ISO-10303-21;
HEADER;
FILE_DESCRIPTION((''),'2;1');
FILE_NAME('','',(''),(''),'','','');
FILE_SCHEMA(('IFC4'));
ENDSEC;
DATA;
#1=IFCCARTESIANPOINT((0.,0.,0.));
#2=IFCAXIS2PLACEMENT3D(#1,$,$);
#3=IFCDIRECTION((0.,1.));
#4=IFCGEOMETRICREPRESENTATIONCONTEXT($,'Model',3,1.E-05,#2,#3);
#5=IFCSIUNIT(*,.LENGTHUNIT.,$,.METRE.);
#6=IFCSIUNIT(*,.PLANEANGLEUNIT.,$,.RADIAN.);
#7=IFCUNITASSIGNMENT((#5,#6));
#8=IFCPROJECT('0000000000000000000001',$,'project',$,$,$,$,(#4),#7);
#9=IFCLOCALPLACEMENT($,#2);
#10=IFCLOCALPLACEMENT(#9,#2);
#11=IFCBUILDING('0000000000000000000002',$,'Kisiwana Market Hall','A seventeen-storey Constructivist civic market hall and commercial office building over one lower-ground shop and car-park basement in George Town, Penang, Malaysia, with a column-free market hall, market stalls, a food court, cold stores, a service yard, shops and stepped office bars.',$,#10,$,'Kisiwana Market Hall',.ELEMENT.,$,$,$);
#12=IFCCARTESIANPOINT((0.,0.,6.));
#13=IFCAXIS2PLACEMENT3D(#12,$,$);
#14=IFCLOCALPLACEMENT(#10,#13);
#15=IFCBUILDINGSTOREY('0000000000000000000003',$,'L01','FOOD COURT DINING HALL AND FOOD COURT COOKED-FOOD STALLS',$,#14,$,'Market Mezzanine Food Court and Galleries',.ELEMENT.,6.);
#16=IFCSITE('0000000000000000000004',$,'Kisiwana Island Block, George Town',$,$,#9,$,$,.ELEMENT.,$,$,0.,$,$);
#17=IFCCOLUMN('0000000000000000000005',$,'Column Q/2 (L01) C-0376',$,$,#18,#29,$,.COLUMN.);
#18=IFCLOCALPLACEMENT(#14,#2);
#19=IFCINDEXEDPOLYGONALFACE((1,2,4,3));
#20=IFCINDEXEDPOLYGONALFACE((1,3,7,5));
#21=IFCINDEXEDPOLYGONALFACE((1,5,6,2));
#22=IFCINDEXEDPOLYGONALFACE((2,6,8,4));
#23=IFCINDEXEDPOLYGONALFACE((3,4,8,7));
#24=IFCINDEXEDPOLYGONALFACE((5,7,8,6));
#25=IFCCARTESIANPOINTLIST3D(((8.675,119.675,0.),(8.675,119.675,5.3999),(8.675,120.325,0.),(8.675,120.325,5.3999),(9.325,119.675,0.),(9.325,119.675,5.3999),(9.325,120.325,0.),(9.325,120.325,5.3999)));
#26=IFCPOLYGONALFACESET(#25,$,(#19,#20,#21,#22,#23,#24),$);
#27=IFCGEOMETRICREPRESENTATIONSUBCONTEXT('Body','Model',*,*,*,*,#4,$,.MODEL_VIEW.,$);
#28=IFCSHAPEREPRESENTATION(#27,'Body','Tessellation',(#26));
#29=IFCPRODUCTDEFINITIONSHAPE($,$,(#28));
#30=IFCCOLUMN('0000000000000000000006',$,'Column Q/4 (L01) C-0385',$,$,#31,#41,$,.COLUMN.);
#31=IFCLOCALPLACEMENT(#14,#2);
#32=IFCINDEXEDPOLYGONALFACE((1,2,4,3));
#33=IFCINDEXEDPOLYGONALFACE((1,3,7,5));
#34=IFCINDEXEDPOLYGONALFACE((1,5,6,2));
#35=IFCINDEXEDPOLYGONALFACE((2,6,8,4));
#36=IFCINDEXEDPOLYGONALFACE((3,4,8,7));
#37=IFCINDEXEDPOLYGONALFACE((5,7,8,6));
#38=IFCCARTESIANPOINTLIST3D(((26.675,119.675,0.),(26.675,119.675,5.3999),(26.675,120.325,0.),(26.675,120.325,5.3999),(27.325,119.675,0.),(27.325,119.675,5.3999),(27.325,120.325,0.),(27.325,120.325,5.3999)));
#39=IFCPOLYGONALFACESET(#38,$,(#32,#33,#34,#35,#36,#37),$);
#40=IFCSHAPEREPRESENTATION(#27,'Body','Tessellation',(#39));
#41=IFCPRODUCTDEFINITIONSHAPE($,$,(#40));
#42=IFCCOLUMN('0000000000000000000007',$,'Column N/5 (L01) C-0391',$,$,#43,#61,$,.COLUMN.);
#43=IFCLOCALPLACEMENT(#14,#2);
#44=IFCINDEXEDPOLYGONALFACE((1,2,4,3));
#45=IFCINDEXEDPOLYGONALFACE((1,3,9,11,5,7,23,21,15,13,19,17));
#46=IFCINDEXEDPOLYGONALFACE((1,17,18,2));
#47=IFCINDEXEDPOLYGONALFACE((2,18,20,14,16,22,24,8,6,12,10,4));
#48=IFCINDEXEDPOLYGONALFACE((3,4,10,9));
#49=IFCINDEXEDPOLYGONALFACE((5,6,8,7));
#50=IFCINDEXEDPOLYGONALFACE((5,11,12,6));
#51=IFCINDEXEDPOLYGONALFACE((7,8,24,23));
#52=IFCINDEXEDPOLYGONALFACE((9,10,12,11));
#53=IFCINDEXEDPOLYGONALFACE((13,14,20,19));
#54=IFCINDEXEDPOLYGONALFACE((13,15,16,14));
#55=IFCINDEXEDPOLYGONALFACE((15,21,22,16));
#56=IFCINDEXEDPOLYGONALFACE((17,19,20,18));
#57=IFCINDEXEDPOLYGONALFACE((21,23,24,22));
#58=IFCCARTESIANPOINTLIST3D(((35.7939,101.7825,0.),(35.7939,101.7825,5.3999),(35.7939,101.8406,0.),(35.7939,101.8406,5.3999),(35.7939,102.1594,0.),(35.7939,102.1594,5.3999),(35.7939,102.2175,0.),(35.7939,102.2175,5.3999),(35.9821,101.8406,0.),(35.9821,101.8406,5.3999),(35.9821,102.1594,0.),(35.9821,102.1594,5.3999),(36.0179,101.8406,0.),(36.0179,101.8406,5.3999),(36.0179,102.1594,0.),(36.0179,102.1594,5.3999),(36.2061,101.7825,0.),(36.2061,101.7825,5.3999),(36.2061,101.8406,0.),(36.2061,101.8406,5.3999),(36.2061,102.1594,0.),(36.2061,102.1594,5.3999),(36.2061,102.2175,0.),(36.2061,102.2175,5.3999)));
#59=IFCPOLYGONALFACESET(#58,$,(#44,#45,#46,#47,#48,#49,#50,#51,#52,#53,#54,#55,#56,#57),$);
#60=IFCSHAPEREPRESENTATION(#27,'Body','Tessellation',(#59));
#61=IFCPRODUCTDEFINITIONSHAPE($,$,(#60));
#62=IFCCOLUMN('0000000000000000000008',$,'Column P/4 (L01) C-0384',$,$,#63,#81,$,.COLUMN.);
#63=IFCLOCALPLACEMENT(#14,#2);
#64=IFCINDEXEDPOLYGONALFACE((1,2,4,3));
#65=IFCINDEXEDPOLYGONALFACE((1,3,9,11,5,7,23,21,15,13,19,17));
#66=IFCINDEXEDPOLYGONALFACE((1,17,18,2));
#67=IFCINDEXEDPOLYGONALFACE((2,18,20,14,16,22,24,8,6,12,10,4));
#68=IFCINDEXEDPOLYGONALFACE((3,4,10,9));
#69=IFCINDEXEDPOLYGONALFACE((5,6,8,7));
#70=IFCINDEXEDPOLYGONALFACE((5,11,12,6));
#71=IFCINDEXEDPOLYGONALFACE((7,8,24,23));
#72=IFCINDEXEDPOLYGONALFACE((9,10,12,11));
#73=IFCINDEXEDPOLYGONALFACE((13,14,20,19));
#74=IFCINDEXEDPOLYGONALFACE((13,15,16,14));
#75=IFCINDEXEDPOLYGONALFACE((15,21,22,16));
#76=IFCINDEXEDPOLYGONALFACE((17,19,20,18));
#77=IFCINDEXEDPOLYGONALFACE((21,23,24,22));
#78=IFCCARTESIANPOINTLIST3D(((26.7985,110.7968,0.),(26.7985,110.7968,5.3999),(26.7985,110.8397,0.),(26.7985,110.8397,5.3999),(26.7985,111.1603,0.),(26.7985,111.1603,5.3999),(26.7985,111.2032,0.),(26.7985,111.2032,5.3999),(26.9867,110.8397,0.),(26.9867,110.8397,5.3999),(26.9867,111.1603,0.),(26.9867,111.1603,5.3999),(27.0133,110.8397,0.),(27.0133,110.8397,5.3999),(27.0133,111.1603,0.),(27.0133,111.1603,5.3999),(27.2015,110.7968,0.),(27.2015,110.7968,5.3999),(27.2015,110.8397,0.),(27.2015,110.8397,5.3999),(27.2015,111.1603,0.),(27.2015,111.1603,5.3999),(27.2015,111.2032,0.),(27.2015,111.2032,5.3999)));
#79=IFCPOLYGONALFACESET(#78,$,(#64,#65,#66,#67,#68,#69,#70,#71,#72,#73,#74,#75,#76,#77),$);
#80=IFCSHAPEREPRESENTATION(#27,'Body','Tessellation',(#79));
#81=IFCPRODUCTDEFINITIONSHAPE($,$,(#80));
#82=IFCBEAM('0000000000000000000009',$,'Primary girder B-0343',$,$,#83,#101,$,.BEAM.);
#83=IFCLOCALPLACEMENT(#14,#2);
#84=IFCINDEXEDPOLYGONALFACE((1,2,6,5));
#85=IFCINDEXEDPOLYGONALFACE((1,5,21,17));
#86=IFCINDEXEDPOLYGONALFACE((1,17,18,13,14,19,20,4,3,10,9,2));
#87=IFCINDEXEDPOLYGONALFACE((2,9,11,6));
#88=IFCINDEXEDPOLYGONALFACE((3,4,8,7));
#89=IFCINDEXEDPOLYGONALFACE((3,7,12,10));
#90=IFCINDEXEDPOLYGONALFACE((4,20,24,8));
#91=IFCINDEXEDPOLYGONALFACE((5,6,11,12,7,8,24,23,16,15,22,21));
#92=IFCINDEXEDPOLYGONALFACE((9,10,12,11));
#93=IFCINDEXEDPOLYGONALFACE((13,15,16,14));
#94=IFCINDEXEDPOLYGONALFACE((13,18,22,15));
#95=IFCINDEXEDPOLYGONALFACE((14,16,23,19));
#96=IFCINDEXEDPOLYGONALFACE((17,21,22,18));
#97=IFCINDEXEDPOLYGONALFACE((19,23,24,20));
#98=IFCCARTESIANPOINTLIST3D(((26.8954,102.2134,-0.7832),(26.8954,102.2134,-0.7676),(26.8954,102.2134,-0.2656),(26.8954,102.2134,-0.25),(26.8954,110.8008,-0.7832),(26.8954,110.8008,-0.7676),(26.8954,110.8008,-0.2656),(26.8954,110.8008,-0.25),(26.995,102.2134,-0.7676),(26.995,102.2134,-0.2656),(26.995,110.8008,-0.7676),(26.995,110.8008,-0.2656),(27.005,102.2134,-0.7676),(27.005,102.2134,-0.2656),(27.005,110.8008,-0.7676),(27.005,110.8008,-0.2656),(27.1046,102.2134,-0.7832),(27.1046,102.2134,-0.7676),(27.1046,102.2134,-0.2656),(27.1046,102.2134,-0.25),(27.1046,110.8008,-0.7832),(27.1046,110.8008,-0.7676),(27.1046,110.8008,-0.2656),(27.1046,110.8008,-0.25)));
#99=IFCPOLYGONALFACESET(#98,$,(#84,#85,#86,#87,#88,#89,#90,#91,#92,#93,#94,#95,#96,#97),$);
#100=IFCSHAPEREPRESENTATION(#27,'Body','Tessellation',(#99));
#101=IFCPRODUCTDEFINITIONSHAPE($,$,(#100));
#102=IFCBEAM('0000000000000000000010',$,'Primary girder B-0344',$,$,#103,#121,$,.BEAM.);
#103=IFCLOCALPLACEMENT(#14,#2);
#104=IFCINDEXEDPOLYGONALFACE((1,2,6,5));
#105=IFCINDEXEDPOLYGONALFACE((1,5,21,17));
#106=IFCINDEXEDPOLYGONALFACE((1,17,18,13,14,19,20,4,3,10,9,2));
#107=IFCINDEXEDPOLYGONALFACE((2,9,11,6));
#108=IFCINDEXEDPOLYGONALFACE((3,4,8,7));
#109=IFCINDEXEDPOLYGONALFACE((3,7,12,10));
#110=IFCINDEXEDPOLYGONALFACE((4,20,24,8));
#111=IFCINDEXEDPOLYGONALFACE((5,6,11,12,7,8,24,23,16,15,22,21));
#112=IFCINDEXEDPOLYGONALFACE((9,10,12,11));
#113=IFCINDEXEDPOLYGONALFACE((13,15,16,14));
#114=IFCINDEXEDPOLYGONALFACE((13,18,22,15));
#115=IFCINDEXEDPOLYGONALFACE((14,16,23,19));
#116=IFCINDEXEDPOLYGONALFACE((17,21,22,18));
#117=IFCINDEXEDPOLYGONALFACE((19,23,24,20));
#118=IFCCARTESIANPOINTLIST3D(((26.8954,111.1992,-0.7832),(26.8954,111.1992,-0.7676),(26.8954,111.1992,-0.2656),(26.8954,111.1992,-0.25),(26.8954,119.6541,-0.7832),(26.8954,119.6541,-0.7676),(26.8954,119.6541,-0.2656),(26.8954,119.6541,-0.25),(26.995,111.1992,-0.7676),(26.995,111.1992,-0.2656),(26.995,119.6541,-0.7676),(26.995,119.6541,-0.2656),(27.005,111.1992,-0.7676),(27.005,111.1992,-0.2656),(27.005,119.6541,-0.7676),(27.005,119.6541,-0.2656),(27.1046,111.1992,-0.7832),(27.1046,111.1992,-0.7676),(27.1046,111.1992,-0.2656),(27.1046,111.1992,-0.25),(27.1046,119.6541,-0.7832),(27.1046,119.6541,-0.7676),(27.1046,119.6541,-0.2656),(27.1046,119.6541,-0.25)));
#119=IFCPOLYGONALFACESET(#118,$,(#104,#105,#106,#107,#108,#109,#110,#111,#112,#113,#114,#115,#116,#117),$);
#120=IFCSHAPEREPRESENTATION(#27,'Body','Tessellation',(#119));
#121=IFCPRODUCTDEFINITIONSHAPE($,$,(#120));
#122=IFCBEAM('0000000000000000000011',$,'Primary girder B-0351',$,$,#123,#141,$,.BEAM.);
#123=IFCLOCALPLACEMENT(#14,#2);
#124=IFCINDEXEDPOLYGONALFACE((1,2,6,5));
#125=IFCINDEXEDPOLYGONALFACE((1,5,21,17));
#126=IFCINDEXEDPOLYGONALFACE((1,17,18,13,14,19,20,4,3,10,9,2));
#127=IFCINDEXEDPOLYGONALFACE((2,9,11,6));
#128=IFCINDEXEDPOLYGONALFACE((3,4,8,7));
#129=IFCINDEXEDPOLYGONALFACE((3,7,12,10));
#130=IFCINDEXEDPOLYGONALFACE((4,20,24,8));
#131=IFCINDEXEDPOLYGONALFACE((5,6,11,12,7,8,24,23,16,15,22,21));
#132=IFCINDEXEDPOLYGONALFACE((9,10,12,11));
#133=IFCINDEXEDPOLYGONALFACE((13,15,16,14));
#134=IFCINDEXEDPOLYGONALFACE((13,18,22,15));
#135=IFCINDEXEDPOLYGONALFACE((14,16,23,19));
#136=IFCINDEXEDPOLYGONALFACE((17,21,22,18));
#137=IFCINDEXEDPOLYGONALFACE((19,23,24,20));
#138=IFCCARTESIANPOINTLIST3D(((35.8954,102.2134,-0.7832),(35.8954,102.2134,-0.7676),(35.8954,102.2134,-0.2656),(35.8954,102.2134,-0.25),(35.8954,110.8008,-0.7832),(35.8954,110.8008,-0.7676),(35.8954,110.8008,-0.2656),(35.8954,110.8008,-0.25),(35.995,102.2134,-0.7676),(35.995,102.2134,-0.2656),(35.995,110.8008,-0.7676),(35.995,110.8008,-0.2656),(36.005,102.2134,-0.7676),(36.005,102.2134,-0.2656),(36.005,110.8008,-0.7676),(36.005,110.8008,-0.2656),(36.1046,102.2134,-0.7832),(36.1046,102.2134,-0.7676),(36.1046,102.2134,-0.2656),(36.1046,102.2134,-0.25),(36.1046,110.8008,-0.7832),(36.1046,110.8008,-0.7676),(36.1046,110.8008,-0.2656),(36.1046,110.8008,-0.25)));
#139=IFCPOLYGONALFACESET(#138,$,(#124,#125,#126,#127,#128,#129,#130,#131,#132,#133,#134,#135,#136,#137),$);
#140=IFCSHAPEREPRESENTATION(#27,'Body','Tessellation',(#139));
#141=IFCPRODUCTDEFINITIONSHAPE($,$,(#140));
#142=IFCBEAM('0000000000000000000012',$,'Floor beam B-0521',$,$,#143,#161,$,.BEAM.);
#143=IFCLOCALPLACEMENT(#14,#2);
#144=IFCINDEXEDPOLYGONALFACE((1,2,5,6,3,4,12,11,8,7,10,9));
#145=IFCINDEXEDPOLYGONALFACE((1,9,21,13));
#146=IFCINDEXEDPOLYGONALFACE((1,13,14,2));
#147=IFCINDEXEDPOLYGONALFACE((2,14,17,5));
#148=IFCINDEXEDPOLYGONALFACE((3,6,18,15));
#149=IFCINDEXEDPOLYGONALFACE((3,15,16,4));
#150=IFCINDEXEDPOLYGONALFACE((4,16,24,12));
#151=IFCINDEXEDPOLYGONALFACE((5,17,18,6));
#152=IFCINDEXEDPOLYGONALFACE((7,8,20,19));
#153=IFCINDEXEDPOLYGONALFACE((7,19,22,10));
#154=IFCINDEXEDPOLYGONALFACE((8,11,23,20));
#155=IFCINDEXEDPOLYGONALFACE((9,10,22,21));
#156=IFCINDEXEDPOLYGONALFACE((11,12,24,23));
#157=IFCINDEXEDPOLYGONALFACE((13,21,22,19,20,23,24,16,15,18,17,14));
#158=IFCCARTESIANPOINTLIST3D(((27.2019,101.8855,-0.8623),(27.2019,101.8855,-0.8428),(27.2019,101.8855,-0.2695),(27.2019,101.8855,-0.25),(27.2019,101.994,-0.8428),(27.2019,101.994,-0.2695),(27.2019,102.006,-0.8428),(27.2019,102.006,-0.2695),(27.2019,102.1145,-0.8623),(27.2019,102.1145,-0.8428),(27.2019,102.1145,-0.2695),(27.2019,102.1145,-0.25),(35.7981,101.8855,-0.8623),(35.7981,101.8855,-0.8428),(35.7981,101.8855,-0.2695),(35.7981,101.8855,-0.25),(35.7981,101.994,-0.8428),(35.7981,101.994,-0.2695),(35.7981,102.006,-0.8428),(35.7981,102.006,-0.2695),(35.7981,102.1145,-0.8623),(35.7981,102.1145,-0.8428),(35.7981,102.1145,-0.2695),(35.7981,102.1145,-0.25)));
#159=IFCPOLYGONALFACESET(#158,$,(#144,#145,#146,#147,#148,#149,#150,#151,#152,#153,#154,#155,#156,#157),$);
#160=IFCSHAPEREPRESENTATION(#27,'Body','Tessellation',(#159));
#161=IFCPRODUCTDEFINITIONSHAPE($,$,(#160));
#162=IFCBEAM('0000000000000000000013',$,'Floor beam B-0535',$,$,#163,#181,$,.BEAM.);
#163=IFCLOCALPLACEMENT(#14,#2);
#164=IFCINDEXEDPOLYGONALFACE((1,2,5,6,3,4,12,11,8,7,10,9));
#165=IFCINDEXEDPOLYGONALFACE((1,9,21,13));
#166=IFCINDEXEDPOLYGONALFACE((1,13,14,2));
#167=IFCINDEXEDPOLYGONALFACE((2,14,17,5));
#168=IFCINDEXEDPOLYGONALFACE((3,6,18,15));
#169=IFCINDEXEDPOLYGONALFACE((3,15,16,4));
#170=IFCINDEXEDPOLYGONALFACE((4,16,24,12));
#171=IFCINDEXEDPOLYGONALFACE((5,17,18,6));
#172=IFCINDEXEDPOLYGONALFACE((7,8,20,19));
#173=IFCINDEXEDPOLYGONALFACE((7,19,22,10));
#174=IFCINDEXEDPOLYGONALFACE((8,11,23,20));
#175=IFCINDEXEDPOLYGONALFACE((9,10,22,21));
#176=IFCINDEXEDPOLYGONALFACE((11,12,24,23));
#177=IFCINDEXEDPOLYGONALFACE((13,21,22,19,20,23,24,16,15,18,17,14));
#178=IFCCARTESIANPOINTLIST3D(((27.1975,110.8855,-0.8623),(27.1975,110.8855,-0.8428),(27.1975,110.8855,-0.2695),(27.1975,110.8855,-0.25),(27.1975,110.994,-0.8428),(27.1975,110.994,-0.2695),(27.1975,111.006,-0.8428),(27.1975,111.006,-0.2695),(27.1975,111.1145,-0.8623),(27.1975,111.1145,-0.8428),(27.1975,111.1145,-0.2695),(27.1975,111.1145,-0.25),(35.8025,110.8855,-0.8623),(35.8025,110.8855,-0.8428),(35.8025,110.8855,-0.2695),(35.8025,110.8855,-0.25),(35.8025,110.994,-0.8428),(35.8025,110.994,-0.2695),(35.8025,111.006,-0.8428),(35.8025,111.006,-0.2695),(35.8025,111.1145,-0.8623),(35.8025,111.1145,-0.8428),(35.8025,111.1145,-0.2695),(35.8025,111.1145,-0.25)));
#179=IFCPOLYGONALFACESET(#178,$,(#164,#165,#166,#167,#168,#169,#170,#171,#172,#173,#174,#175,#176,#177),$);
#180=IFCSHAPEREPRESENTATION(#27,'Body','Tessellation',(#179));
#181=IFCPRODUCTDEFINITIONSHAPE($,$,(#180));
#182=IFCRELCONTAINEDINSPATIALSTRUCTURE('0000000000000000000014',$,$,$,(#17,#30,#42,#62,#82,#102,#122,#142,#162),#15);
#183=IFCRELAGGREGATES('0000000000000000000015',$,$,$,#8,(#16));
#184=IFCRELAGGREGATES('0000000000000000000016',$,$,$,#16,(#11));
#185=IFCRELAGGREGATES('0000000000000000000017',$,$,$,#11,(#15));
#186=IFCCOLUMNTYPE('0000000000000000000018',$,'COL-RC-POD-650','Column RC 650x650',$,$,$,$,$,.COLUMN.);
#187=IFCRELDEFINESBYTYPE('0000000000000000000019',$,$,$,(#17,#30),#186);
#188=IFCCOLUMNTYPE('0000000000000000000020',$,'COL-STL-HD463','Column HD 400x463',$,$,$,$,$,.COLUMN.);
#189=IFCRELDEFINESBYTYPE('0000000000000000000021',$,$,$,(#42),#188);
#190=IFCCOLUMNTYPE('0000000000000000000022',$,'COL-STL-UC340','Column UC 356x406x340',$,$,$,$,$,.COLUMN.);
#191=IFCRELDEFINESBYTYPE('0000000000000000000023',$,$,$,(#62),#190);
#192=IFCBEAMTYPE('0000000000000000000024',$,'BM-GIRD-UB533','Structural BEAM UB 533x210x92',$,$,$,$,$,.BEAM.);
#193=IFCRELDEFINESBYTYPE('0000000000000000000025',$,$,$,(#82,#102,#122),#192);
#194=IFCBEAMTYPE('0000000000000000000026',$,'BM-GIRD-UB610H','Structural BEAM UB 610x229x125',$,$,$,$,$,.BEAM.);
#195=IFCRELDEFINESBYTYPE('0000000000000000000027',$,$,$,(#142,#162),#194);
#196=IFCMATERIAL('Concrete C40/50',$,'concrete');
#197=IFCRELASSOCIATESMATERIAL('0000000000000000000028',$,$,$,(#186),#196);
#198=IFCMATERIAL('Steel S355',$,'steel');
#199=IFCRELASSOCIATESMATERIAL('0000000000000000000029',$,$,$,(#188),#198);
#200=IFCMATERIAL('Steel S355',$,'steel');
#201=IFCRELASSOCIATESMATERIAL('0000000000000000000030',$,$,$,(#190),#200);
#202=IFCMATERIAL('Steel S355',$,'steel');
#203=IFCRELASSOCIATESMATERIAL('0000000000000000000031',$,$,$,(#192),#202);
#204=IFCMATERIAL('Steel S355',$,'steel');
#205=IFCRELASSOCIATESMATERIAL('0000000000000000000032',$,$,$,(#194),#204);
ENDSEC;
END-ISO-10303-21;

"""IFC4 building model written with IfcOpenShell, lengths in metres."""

from ifc_helpers import new_model, si_unit, direction, frame, origin, origin_2d, place, context, subcontext, project, spatial, rectangle, i_section, extrude, material, material_profile, profile_set, type_object, element, save


model = new_model("IFC4")

# Units and contexts
model_context = context("Model", 3, precision=1e-05, world=origin(), true_north=direction((0.0, 1.0)))
body_context = subcontext(model_context, "Body", "Model", "MODEL_VIEW")
ifc_project = project(units=[si_unit("LENGTHUNIT", "METRE"), si_unit("PLANEANGLEUNIT", "RADIAN")], contexts=[model_context])

# Site, building, storey
site_placement = place(None, origin())
site = spatial("IfcSite", under=ifc_project, at=site_placement, Name="Kisiwana Island Block, George Town", CompositionType="ELEMENT", RefElevation=0.0)
building_placement = place(site_placement, origin())
building = spatial("IfcBuilding", under=site, at=building_placement, Name="Kisiwana Market Hall", Description="A seventeen-storey Constructivist civic market hall and commercial office building over one lower-ground shop and car-park basement in George Town, Penang, Malaysia, with a column-free market hall, market stalls, a food court, cold stores, a service yard, shops and stepped office bars.", LongName="Kisiwana Market Hall", CompositionType="ELEMENT")
storey_placement = place(building_placement, frame((0.0, 0.0, 6.0)))
storey = spatial("IfcBuildingStorey", under=building, at=storey_placement, Name="L01", Description="FOOD COURT DINING HALL AND FOOD COURT COOKED-FOOD STALLS", LongName="Market Mezzanine Food Court and Galleries", CompositionType="ELEMENT", Elevation=6.0)

# Columns
ifc_material_1 = material(Name="Concrete C40/50", Category="concrete")
ifc_material_profile_1 = material_profile(ifc_material_1, rectangle(XDim=0.6499, YDim=0.6499, at=origin_2d()), Name="RC 650x650")
ifc_profile_set_1 = profile_set([ifc_material_profile_1], Name="Concrete C40/50")
column_type_1 = type_object("IfcColumnType", Name="COL-RC-POD-650", Description="Column RC 650x650", PredefinedType="COLUMN", material=ifc_profile_set_1)
for number, where, z_axis, x_axis, name in (
    (1, (9.0, 120.0, 0.0), (0.0, 0.0, 1.0), (1.0, 0.0, 0.0), "Column Q/2 (L01) C-0376"),
    (2, (27.0, 120.0, 0.0), (0.0, 0.0, 1.0), (1.0, 0.0, 0.0), "Column Q/4 (L01) C-0385"),
):
    element("IfcColumn", number, at=place(storey_placement, frame(where, z_axis=z_axis, x_axis=x_axis)), inside=storey, type_object=column_type_1, Name=name, PredefinedType="COLUMN", context=body_context, shape_type="SweptSolid", body=[
        extrude(rectangle(XDim=0.6499, YDim=0.6499, at=origin_2d()), origin(), (0.0, 0.0, 1.0), 5.3999),
    ])
ifc_material_2 = material(Name="Steel S355", Category="steel")
ifc_material_profile_2 = material_profile(ifc_material_2, i_section(OverallWidth=0.4121, OverallDepth=0.4351, WebThickness=0.0359, FlangeThickness=0.0581, at=origin_2d()), Name="HD 400x463")
ifc_profile_set_2 = profile_set([ifc_material_profile_2], Name="Steel S355")
column_type_2 = type_object("IfcColumnType", Name="COL-STL-HD463", Description="Column HD 400x463", PredefinedType="COLUMN", material=ifc_profile_set_2)
column_1_placement = place(storey_placement, frame((36.0, 102.0, 0.0), z_axis=(0.0, 0.0, 1.0), x_axis=(1.0, 0.0, 0.0)))
element("IfcColumn", 3, at=column_1_placement, inside=storey, type_object=column_type_2, Name="Column N/5 (L01) C-0391", PredefinedType="COLUMN", context=body_context, shape_type="SweptSolid", body=[
    extrude(i_section(OverallWidth=0.4121, OverallDepth=0.4351, WebThickness=0.0359, FlangeThickness=0.0581, at=origin_2d()), origin(), (0.0, 0.0, 1.0), 5.3999),
])
ifc_material_3 = material(Name="Steel S355", Category="steel")
ifc_material_profile_3 = material_profile(ifc_material_3, i_section(OverallWidth=0.4031, OverallDepth=0.4065, WebThickness=0.0266, FlangeThickness=0.043, at=origin_2d()), Name="UC 356x406x340")
ifc_profile_set_3 = profile_set([ifc_material_profile_3], Name="Steel S355")
column_type_3 = type_object("IfcColumnType", Name="COL-STL-UC340", Description="Column UC 356x406x340", PredefinedType="COLUMN", material=ifc_profile_set_3)
column_2_placement = place(storey_placement, frame((27.0, 111.0, 0.0), z_axis=(0.0, 0.0, 1.0), x_axis=(1.0, 0.0, 0.0)))
element("IfcColumn", 4, at=column_2_placement, inside=storey, type_object=column_type_3, Name="Column P/4 (L01) C-0384", PredefinedType="COLUMN", context=body_context, shape_type="SweptSolid", body=[
    extrude(i_section(OverallWidth=0.4031, OverallDepth=0.4065, WebThickness=0.0266, FlangeThickness=0.043, at=origin_2d()), origin(), (0.0, 0.0, 1.0), 5.3999),
])

# Beams
ifc_material_4 = material(Name="Steel S355", Category="steel")
ifc_material_profile_4 = material_profile(ifc_material_4, i_section(OverallWidth=0.2092, OverallDepth=0.5332, WebThickness=0.01, FlangeThickness=0.0156, at=origin_2d()), Name="UB 533x210x92")
ifc_profile_set_4 = profile_set([ifc_material_profile_4], Name="Steel S355")
beam_type_1 = type_object("IfcBeamType", Name="BM-GIRD-UB533", Description="Structural BEAM UB 533x210x92", PredefinedType="BEAM", material=ifc_profile_set_4)
beam_1_placement = place(storey_placement, frame((27.0, 102.2134, -0.5166), z_axis=(0.0, 1.0, 0.0), x_axis=(-1.0, 0.0, 0.0)))
element("IfcBeam", 5, at=beam_1_placement, inside=storey, type_object=beam_type_1, Name="Primary girder B-0343", PredefinedType="BEAM", context=body_context, shape_type="SweptSolid", body=[
    extrude(i_section(OverallWidth=0.2092, OverallDepth=0.5332, WebThickness=0.01, FlangeThickness=0.0156, at=origin_2d()), origin(), (0.0, 0.0, 1.0), 8.5874),
])
beam_2_placement = place(storey_placement, frame((27.0, 111.1992, -0.5166), z_axis=(0.0, 1.0, 0.0), x_axis=(-1.0, 0.0, 0.0)))
element("IfcBeam", 6, at=beam_2_placement, inside=storey, type_object=beam_type_1, Name="Primary girder B-0344", PredefinedType="BEAM", context=body_context, shape_type="SweptSolid", body=[
    extrude(i_section(OverallWidth=0.2092, OverallDepth=0.5332, WebThickness=0.01, FlangeThickness=0.0156, at=origin_2d()), origin(), (0.0, 0.0, 1.0), 8.4548),
])
beam_3_placement = place(storey_placement, frame((36.0, 102.2134, -0.5166), z_axis=(0.0, 1.0, 0.0), x_axis=(-1.0, 0.0, 0.0)))
element("IfcBeam", 7, at=beam_3_placement, inside=storey, type_object=beam_type_1, Name="Primary girder B-0351", PredefinedType="BEAM", context=body_context, shape_type="SweptSolid", body=[
    extrude(i_section(OverallWidth=0.2092, OverallDepth=0.5332, WebThickness=0.01, FlangeThickness=0.0156, at=origin_2d()), origin(), (0.0, 0.0, 1.0), 8.5874),
])
ifc_material_5 = material(Name="Steel S355", Category="steel")
ifc_material_profile_5 = material_profile(ifc_material_5, i_section(OverallWidth=0.229, OverallDepth=0.6123, WebThickness=0.012, FlangeThickness=0.0195, at=origin_2d()), Name="UB 610x229x125")
ifc_profile_set_5 = profile_set([ifc_material_profile_5], Name="Steel S355")
beam_type_2 = type_object("IfcBeamType", Name="BM-GIRD-UB610H", Description="Structural BEAM UB 610x229x125", PredefinedType="BEAM", material=ifc_profile_set_5)
beam_4_placement = place(storey_placement, frame((27.2019, 102.0, -0.5562), z_axis=(1.0, 0.0, 0.0), x_axis=(0.0, 1.0, 0.0)))
element("IfcBeam", 8, at=beam_4_placement, inside=storey, type_object=beam_type_2, Name="Floor beam B-0521", PredefinedType="BEAM", context=body_context, shape_type="SweptSolid", body=[
    extrude(i_section(OverallWidth=0.229, OverallDepth=0.6123, WebThickness=0.012, FlangeThickness=0.0195, at=origin_2d()), origin(), (0.0, 0.0, 1.0), 8.5962),
])
beam_5_placement = place(storey_placement, frame((27.1975, 111.0, -0.5562), z_axis=(1.0, 0.0, 0.0), x_axis=(0.0, 1.0, 0.0)))
element("IfcBeam", 9, at=beam_5_placement, inside=storey, type_object=beam_type_2, Name="Floor beam B-0535", PredefinedType="BEAM", context=body_context, shape_type="SweptSolid", body=[
    extrude(i_section(OverallWidth=0.229, OverallDepth=0.6123, WebThickness=0.012, FlangeThickness=0.0195, at=origin_2d()), origin(), (0.0, 0.0, 1.0), 8.605),
])

save(model, "model.ifc")
